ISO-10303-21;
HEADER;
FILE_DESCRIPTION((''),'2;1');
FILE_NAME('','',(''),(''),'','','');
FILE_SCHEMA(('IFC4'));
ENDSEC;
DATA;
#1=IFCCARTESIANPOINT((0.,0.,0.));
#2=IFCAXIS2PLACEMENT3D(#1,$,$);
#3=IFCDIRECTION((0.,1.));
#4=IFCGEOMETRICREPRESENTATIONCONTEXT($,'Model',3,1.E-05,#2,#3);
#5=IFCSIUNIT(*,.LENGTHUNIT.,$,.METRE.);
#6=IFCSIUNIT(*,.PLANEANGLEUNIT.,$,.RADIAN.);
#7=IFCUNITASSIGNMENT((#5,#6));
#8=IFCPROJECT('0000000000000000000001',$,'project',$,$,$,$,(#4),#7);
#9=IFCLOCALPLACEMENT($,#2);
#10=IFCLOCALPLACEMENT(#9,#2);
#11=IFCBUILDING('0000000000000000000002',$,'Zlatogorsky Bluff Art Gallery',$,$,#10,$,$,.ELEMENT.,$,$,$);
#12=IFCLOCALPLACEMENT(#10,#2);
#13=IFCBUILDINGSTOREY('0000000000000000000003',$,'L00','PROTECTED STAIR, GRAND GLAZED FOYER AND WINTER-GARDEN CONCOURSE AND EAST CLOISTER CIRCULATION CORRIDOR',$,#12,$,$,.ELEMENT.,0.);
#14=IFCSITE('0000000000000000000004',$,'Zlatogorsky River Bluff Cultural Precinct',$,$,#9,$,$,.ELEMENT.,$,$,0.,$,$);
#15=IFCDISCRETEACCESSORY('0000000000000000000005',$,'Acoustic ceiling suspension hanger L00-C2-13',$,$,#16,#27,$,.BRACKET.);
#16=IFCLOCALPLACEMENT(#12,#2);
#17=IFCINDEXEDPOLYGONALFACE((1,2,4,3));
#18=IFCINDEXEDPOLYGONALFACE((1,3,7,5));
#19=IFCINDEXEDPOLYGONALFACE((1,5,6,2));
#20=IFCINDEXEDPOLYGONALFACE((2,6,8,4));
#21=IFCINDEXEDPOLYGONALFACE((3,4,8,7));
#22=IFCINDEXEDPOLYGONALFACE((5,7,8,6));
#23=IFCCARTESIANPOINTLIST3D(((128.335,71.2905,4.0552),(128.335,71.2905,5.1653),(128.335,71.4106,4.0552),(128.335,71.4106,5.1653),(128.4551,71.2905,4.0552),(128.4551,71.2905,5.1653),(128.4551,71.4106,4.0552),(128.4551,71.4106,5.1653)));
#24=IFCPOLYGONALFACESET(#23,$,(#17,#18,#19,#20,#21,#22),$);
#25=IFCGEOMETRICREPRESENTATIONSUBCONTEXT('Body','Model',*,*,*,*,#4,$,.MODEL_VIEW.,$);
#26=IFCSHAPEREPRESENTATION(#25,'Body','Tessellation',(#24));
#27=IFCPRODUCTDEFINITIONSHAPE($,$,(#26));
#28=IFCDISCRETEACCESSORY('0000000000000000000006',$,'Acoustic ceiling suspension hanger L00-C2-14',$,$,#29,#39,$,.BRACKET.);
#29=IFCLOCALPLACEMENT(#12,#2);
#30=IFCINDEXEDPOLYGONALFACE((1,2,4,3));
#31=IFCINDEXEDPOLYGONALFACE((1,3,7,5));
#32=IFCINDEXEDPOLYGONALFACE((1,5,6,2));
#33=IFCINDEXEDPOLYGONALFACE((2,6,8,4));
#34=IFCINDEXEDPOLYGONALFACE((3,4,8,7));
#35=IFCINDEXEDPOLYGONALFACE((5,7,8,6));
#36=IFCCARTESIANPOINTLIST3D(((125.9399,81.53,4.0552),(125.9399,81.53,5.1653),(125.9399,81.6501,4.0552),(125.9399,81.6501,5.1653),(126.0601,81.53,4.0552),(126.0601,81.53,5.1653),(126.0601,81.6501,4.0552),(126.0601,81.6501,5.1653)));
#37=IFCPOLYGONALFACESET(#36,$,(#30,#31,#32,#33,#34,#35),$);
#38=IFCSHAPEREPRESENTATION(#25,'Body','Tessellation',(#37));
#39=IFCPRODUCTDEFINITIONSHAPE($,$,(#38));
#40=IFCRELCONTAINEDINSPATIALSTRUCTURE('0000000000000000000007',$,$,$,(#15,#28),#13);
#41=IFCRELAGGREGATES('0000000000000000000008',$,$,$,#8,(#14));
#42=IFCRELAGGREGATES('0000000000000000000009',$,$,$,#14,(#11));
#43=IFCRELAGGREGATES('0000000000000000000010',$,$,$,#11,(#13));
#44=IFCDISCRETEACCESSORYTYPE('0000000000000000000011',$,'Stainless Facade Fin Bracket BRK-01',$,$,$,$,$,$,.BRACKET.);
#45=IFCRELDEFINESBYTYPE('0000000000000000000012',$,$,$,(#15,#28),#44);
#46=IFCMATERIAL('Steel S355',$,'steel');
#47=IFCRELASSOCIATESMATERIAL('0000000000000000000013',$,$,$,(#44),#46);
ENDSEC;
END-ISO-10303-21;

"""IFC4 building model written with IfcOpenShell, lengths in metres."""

from ifc_helpers import new_model, si_unit, direction, frame, origin, origin_2d, place, context, subcontext, project, spatial, rectangle, extrude, material, type_object, element, save


model = new_model("IFC4")

# Units and contexts
model_context = context("Model", 3, precision=1e-05, world=origin(), true_north=direction((0.0, 1.0)))
body_context = subcontext(model_context, "Body", "Model", "MODEL_VIEW")
ifc_project = project(units=[si_unit("LENGTHUNIT", "METRE"), si_unit("PLANEANGLEUNIT", "RADIAN")], contexts=[model_context])

# Site, building, storey
site_placement = place(None, origin())
site = spatial("IfcSite", under=ifc_project, at=site_placement, Name="Zlatogorsky River Bluff Cultural Precinct", CompositionType="ELEMENT", RefElevation=0.0)
building_placement = place(site_placement, origin())
building = spatial("IfcBuilding", under=site, at=building_placement, Name="Zlatogorsky Bluff Art Gallery", CompositionType="ELEMENT")
storey_placement = place(building_placement, origin())
storey = spatial("IfcBuildingStorey", under=building, at=storey_placement, Name="L00", Description="PROTECTED STAIR, GRAND GLAZED FOYER AND WINTER-GARDEN CONCOURSE AND EAST CLOISTER CIRCULATION CORRIDOR", CompositionType="ELEMENT", Elevation=0.0)

# Shared definitions
ifc_material_1 = material(Name="Steel S355", Category="steel")

# Discrete accessories
discrete_accessory_type = type_object("IfcDiscreteAccessoryType", Name="Stainless Facade Fin Bracket BRK-01", PredefinedType="BRACKET", material=ifc_material_1)
for number, where, z_axis, x_axis, name in (
    (1, (128.395, 71.3506, 4.0552), (0.0, 0.0, 1.0), (1.0, 0.0, 0.0), "Acoustic ceiling suspension hanger L00-C2-13"),
    (2, (126.0, 81.5901, 4.0552), (0.0, 0.0, 1.0), (1.0, 0.0, 0.0), "Acoustic ceiling suspension hanger L00-C2-14"),
):
    element("IfcDiscreteAccessory", number, at=place(storey_placement, frame(where, z_axis=z_axis, x_axis=x_axis)), inside=storey, type_object=discrete_accessory_type, Name=name, PredefinedType="BRACKET", context=body_context, shape_type="SweptSolid", body=[
        extrude(rectangle(XDim=0.1201, YDim=0.1201, at=origin_2d()), origin(), (0.0, 0.0, 1.0), 1.1101),
    ])

save(model, "model.ifc")
